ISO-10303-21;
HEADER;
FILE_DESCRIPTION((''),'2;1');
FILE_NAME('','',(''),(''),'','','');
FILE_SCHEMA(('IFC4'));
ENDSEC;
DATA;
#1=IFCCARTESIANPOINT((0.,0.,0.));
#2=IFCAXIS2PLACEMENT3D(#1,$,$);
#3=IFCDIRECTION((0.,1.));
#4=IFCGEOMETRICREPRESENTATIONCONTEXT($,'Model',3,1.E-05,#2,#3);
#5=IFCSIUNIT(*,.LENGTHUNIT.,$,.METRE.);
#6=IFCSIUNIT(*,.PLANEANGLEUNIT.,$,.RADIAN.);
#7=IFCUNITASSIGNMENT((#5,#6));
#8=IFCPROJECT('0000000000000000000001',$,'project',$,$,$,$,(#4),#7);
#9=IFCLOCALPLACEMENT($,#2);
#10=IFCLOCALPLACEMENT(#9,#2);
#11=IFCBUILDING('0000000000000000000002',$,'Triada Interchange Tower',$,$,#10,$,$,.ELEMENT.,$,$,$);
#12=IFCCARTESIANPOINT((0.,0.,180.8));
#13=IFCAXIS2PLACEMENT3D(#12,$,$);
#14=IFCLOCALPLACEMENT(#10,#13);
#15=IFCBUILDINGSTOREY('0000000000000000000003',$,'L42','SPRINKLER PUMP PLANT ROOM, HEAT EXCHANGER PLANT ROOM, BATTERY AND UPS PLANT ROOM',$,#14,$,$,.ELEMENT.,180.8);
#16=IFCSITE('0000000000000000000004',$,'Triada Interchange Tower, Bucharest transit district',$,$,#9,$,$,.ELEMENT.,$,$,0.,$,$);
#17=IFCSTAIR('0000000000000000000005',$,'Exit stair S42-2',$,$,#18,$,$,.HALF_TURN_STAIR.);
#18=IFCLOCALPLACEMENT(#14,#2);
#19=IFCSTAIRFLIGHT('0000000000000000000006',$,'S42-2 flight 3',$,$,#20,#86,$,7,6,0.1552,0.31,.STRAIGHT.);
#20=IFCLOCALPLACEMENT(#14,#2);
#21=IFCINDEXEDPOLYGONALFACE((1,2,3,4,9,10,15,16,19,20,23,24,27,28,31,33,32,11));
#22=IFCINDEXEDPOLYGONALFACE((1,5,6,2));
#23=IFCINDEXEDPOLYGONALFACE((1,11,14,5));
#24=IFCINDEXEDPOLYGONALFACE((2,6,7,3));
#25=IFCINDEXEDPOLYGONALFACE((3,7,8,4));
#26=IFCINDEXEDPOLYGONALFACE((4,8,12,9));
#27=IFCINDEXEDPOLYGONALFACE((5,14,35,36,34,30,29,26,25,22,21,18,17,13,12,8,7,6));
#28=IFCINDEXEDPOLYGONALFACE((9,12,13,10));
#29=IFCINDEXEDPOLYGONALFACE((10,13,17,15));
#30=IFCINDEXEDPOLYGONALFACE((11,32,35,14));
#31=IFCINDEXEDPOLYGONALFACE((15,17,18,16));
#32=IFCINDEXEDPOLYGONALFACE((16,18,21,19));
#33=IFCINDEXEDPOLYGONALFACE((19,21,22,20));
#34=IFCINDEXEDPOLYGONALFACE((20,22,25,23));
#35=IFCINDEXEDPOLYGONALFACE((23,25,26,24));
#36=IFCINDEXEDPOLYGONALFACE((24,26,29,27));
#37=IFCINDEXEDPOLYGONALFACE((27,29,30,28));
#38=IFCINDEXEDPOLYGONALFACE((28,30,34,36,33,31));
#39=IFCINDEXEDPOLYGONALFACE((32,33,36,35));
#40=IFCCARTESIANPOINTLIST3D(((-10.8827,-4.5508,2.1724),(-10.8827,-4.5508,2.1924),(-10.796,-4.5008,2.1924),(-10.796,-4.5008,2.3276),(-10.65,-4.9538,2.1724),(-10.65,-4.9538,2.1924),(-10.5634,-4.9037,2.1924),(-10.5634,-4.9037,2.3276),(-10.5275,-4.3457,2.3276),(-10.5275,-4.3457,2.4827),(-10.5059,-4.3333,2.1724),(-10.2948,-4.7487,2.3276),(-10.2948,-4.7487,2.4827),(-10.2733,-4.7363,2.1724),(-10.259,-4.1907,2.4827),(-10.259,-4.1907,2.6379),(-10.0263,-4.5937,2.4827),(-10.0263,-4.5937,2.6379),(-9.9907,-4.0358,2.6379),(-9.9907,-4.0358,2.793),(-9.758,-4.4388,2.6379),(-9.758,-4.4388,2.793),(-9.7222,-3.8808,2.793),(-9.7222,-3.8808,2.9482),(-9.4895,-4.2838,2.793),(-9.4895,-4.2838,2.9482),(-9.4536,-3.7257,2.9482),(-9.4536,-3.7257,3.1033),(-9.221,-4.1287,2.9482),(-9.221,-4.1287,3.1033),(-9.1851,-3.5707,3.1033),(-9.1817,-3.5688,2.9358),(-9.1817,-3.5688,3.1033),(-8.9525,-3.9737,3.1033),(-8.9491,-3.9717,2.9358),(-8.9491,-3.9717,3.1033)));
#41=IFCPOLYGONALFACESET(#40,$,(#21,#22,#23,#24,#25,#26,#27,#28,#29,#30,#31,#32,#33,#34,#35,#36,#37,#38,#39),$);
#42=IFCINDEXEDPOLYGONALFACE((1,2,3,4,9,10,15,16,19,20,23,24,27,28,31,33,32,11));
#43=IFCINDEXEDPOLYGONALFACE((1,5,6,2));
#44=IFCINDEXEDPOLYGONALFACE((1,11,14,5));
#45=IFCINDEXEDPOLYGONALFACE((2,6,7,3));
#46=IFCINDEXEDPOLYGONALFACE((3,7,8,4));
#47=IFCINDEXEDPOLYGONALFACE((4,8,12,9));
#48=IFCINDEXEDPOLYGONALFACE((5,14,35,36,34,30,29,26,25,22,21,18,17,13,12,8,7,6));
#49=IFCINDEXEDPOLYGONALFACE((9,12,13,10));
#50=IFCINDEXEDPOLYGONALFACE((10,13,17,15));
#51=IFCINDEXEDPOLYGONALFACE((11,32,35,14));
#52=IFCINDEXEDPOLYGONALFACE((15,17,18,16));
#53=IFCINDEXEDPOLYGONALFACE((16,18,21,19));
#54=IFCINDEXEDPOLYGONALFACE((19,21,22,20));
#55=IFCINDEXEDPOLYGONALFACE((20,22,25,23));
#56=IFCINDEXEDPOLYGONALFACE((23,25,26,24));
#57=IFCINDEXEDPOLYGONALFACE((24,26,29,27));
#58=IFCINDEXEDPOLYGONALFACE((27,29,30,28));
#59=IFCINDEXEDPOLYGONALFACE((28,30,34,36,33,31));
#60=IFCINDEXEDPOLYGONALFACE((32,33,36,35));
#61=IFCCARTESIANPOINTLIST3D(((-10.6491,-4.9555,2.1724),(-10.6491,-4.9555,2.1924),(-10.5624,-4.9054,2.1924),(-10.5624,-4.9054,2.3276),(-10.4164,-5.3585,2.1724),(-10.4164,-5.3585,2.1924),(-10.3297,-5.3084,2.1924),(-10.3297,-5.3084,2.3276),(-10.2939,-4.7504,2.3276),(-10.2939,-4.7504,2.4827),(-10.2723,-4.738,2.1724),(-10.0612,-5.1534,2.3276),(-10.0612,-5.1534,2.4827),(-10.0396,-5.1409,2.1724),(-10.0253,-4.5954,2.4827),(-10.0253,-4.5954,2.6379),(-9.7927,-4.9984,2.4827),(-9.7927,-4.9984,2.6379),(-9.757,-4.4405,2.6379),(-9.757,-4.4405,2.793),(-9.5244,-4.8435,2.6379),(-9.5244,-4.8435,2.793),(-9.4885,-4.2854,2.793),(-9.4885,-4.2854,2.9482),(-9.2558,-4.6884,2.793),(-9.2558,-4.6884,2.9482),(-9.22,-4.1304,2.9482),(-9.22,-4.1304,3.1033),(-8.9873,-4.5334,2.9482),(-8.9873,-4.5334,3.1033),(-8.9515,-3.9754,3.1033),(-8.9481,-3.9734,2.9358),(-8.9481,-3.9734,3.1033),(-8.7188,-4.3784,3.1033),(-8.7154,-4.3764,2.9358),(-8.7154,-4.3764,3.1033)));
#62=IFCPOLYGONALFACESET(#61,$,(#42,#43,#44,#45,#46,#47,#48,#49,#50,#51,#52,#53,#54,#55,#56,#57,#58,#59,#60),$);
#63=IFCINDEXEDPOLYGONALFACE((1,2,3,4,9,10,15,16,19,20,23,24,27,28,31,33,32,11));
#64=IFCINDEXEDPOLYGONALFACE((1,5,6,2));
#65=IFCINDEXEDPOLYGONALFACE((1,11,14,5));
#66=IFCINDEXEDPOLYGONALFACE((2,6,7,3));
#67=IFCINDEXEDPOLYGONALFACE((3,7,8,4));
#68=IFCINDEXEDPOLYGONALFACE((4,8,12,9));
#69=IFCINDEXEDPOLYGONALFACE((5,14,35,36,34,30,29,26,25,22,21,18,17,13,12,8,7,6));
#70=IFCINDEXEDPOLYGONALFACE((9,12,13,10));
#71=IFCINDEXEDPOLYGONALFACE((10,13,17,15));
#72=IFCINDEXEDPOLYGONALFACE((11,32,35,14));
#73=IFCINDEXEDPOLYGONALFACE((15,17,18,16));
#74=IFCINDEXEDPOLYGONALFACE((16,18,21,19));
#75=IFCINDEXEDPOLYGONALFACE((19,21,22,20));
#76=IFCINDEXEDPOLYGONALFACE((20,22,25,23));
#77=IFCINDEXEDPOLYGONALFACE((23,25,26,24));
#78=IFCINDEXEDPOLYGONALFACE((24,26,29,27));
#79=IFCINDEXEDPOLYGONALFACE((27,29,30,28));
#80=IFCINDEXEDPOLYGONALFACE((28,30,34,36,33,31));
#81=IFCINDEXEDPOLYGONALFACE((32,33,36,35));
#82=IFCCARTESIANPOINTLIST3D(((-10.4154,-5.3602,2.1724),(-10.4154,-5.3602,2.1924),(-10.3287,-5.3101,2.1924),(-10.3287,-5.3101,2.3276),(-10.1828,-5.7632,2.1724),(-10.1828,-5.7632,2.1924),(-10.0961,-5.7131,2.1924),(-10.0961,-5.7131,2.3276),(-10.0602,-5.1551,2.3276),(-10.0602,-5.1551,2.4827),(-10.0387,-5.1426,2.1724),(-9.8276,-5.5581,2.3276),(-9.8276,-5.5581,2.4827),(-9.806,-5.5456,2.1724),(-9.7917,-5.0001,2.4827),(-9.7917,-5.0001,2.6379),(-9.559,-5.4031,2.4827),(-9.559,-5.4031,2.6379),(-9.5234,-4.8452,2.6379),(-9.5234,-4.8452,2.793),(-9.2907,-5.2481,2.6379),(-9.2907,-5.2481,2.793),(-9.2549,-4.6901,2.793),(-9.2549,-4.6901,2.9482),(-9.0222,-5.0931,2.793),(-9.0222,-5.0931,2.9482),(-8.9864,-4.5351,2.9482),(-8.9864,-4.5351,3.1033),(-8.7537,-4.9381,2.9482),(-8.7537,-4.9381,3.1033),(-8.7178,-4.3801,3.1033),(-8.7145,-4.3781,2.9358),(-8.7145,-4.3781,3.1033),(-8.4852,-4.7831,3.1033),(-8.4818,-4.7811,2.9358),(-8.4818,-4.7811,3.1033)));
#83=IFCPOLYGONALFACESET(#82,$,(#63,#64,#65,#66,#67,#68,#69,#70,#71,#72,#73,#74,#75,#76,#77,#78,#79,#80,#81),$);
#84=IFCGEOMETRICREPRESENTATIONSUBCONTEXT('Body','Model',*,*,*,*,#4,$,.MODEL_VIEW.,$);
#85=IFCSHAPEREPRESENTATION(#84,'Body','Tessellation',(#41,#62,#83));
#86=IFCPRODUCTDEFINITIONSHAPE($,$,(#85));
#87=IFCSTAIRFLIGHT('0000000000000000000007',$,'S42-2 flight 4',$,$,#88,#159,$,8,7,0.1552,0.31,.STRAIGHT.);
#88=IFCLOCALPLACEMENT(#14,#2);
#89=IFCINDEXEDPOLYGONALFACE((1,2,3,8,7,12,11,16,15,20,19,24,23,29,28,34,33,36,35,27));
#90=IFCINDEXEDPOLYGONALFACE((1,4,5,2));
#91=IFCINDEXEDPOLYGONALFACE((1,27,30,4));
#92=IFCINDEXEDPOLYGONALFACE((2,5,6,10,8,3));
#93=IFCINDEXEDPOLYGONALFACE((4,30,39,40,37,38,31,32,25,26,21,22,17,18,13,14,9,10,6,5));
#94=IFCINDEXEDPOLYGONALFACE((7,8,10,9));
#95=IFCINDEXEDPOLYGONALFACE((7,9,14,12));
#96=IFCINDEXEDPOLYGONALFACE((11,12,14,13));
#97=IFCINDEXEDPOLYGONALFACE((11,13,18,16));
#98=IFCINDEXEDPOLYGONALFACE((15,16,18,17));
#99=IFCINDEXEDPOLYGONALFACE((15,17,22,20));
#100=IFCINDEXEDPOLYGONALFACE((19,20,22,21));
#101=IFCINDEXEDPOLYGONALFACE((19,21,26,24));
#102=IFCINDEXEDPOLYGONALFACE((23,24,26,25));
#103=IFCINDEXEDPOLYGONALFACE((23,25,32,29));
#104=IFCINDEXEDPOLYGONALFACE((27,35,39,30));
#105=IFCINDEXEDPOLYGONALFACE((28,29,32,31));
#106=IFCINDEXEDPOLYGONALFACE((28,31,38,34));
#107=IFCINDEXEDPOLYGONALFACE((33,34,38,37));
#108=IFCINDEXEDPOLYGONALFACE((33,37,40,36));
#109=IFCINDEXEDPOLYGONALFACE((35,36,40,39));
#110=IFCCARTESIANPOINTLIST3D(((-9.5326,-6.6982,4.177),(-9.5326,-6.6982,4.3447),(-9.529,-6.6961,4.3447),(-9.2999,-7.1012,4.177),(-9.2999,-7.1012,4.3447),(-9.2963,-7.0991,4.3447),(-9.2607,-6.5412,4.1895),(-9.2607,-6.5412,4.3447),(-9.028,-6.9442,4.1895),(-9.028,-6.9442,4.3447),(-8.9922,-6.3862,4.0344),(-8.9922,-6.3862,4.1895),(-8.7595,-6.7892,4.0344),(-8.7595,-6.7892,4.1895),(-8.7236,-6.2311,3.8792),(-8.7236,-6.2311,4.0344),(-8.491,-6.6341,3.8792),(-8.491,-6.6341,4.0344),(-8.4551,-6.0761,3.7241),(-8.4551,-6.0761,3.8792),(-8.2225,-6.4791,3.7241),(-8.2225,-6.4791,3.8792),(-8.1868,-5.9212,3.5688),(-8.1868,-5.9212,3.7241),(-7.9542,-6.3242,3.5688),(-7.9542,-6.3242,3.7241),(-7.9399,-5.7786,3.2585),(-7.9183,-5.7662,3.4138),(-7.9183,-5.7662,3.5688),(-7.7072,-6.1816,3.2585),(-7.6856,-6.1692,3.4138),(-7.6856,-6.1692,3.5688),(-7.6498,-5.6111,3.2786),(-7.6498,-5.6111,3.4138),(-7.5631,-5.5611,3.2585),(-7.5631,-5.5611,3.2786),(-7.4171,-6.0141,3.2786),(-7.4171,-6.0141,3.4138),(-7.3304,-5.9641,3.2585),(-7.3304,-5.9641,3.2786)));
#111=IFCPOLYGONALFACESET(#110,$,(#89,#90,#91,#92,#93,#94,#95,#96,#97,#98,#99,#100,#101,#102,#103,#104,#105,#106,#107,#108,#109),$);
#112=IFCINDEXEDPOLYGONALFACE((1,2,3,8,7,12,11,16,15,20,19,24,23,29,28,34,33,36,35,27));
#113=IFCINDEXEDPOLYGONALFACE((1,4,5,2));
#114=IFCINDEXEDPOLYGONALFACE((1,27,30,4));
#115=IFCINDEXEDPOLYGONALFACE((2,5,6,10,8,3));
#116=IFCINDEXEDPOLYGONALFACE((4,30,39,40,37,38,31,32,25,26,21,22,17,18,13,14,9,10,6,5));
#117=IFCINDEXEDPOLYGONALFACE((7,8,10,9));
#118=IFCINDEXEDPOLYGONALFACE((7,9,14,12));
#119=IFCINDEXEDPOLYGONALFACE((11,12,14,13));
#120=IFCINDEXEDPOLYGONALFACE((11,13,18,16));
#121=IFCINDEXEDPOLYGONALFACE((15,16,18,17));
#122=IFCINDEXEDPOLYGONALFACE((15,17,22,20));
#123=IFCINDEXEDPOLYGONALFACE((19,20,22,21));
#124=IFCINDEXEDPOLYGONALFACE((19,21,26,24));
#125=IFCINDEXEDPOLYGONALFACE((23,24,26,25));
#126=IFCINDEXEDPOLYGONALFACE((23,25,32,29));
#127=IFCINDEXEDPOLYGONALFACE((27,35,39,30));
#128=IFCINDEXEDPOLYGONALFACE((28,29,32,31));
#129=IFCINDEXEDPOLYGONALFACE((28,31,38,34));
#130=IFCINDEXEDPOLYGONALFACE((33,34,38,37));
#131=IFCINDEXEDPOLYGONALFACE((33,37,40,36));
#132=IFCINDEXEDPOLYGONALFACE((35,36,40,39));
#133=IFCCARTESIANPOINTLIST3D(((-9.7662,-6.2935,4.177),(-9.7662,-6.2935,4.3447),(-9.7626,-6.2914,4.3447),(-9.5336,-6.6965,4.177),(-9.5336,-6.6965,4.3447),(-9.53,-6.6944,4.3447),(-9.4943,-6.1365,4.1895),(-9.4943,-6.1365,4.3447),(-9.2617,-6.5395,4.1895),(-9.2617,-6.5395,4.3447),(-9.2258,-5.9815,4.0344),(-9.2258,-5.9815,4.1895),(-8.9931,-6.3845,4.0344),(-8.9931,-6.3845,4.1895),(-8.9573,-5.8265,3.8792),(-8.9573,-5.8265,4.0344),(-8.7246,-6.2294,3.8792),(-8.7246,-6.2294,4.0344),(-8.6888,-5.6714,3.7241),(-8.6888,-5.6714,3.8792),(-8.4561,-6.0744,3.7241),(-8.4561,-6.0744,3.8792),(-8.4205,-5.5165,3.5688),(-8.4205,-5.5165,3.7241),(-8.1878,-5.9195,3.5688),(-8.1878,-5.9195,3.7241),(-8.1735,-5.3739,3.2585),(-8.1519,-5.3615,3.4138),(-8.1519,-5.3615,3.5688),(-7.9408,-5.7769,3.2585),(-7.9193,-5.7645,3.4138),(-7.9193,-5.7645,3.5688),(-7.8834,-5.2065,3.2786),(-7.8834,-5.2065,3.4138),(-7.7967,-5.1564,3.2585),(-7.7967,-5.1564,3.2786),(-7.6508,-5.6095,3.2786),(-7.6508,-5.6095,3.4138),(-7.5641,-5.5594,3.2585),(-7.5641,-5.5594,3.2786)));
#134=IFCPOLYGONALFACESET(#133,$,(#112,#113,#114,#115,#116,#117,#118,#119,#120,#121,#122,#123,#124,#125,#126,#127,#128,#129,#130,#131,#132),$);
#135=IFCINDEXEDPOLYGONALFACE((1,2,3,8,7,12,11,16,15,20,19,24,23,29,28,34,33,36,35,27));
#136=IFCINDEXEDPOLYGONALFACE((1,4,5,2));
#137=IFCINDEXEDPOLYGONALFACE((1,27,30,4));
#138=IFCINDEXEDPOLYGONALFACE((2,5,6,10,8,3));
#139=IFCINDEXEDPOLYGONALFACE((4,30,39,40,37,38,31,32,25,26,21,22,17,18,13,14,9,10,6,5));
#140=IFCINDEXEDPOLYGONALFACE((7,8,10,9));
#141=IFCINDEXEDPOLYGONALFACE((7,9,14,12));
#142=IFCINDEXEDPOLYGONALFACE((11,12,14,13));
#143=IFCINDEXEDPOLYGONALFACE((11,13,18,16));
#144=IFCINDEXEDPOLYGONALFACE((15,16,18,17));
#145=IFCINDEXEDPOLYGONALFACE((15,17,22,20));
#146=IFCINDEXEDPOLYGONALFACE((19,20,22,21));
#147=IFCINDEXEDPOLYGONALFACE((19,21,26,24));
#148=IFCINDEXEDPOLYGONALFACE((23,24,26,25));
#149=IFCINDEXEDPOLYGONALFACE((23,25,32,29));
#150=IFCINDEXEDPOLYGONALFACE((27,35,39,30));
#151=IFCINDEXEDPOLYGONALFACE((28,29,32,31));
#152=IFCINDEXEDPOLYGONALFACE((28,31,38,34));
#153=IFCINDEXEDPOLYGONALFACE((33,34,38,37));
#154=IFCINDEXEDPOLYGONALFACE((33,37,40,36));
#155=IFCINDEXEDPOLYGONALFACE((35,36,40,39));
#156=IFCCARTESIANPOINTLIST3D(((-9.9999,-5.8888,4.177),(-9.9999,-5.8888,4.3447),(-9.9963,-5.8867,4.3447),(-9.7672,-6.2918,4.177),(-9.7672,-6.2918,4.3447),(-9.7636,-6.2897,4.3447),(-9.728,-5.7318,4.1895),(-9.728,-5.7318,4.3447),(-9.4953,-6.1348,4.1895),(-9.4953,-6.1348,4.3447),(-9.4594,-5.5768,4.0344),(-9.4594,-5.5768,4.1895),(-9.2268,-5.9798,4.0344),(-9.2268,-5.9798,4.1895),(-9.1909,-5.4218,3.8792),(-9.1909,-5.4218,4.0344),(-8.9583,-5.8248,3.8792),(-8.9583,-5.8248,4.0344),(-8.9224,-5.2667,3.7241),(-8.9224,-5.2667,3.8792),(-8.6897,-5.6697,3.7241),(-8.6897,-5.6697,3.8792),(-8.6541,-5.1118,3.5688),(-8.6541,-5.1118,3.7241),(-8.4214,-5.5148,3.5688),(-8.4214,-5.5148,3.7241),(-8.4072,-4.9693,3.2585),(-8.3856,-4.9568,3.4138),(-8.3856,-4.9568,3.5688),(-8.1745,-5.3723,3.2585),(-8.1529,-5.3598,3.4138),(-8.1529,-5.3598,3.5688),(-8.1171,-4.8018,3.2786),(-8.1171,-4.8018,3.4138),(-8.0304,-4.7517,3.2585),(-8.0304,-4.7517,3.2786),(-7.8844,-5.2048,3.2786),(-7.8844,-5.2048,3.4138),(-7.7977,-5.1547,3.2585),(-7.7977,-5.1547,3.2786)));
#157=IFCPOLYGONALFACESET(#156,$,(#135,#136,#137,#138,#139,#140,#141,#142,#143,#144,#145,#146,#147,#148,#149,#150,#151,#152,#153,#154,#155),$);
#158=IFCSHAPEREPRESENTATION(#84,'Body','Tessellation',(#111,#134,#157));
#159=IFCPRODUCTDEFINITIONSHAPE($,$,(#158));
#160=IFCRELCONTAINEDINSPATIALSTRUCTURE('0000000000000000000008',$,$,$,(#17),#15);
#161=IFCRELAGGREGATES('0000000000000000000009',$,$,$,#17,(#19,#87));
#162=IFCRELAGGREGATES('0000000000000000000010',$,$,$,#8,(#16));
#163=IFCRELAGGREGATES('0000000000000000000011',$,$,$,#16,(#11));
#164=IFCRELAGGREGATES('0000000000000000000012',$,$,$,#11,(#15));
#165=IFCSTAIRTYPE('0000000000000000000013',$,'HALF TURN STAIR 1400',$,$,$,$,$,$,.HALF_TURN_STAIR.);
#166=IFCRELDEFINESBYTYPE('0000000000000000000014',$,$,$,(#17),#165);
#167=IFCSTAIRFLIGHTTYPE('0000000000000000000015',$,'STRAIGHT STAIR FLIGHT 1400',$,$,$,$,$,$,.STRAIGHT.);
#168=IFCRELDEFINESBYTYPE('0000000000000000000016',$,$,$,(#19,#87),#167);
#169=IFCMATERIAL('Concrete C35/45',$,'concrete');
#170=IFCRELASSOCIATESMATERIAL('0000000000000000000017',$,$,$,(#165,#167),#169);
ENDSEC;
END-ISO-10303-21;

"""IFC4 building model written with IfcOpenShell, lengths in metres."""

from ifc_helpers import new_model, si_unit, direction, frame, origin, place, context, subcontext, project, spatial, polyline, outline, extrude, material, type_object, element, aggregate, save


model = new_model("IFC4")

# Units and contexts
model_context = context("Model", 3, precision=1e-05, world=origin(), true_north=direction((0.0, 1.0)))
body_context = subcontext(model_context, "Body", "Model", "MODEL_VIEW")
ifc_project = project(units=[si_unit("LENGTHUNIT", "METRE"), si_unit("PLANEANGLEUNIT", "RADIAN")], contexts=[model_context])

# Site, building, storey
site_placement = place(None, origin())
site = spatial("IfcSite", under=ifc_project, at=site_placement, Name="Triada Interchange Tower, Bucharest transit district", CompositionType="ELEMENT", RefElevation=0.0)
building_placement = place(site_placement, origin())
building = spatial("IfcBuilding", under=site, at=building_placement, Name="Triada Interchange Tower", CompositionType="ELEMENT")
storey_placement = place(building_placement, frame((0.0, 0.0, 180.8)))
storey = spatial("IfcBuildingStorey", under=building, at=storey_placement, Name="L42", Description="SPRINKLER PUMP PLANT ROOM, HEAT EXCHANGER PLANT ROOM, BATTERY AND UPS PLANT ROOM", CompositionType="ELEMENT", Elevation=180.8)

# Shared definitions
ifc_material_1 = material(Name="Concrete C35/45", Category="concrete")

# Stair, stair flights
stair_type = type_object("IfcStairType", Name="HALF TURN STAIR 1400", PredefinedType="HALF_TURN_STAIR", material=ifc_material_1)
stair_placement = place(storey_placement, origin())
stair = element("IfcStair", 1, at=stair_placement, inside=storey, type_object=stair_type, Name="Exit stair S42-2", PredefinedType="HALF_TURN_STAIR")
stair_flight_type = type_object("IfcStairFlightType", Name="STRAIGHT STAIR FLIGHT 1400", PredefinedType="STRAIGHT", material=ifc_material_1)
stair_flight_1_placement = place(storey_placement, frame((-10.446, -5.1069, 2.1724), z_axis=(0.0, 0.0, 1.0), x_axis=(0.866025, 0.5, 0.0)))
stair_flight_1 = element("IfcStairFlight", 2, at=stair_flight_1_placement, type_object=stair_flight_type, Name="S42-2 flight 3", NumberOfRisers=7, NumberOfTreads=6, PredefinedType="STRAIGHT", RiserHeight=0.1552, TreadLength=0.31, context=body_context, shape_type="SweptSolid", body=[
    extrude(outline(polyline([(-0.1001, 0.0), (-0.1001, 0.02), (0.0, 0.02), (0.0, 0.1553), (0.3101, 0.1553), (0.3101, 0.3103), (0.6201, 0.3103), (0.6201, 0.4656), (0.9299, 0.4656), (0.9299, 0.6206), (1.24, 0.6206), (1.24, 0.7759), (1.55, 0.7759), (1.55, 0.9309), (1.8601, 0.9309), (1.864, 0.9309), (1.864, 1.0862), (1.864, 0.7634), (0.335, 0.0), (-0.1001, 0.0)])), frame((0.0, 0.7, 0.0), z_axis=(0.0, -1.0, 0.0), x_axis=(1.0, 0.0, 0.0)), (0.0, 0.0, 1.0), 0.4653),
    extrude(outline(polyline([(-0.1001, 0.0), (-0.1001, 0.02), (0.0, 0.02), (0.0, 0.1553), (0.3101, 0.1553), (0.3101, 0.3103), (0.6201, 0.3103), (0.6201, 0.4656), (0.9299, 0.4656), (0.9299, 0.6206), (1.24, 0.6206), (1.24, 0.7759), (1.55, 0.7759), (1.55, 0.9309), (1.8601, 0.9309), (1.864, 0.9309), (1.864, 1.0862), (1.864, 0.7634), (0.335, 0.0), (-0.1001, 0.0)])), frame((0.0, 0.2327, 0.0), z_axis=(0.0, -1.0, 0.0), x_axis=(1.0, 0.0, 0.0)), (0.0, 0.0, 1.0), 0.4653),
    extrude(outline(polyline([(-0.1001, 0.0), (-0.1001, 0.02), (0.0, 0.02), (0.0, 0.1553), (0.3101, 0.1553), (0.3101, 0.3103), (0.6201, 0.3103), (0.6201, 0.4656), (0.9299, 0.4656), (0.9299, 0.6206), (1.24, 0.6206), (1.24, 0.7759), (1.55, 0.7759), (1.55, 0.9309), (1.8601, 0.9309), (1.864, 0.9309), (1.864, 1.0862), (1.864, 0.7634), (0.335, 0.0), (-0.1001, 0.0)])), frame((0.0, -0.2346, 0.0), z_axis=(0.0, -1.0, 0.0), x_axis=(1.0, 0.0, 0.0)), (0.0, 0.0, 1.0), 0.4653),
])
stair_flight_2_placement = place(storey_placement, frame((-7.7671, -5.408, 3.2585), z_axis=(0.0, 0.0, 1.0), x_axis=(-0.866025, -0.5, 0.0)))
stair_flight_2 = element("IfcStairFlight", 3, at=stair_flight_2_placement, type_object=stair_flight_type, Name="S42-2 flight 4", NumberOfRisers=8, NumberOfTreads=7, PredefinedType="STRAIGHT", RiserHeight=0.1552, TreadLength=0.31, context=body_context, shape_type="SweptSolid", body=[
    extrude(outline(polyline([(-0.1001, 0.0), (-0.1001, 0.02), (0.0, 0.02), (0.0, 0.1553), (0.3101, 0.1553), (0.3101, 0.3103), (0.6201, 0.3103), (0.6201, 0.4656), (0.9299, 0.4656), (0.9299, 0.6206), (1.24, 0.6206), (1.24, 0.7759), (1.55, 0.7759), (1.55, 0.9309), (1.8601, 0.9309), (1.8601, 1.0862), (2.1699, 1.0862), (2.1741, 1.0862), (2.1741, 1.2415), (2.1741, 0.9185), (0.335, 0.0), (-0.1001, 0.0)])), frame((0.0, 0.7, 0.0), z_axis=(0.0, -1.0, 0.0), x_axis=(1.0, 0.0, 0.0)), (0.0, 0.0, 1.0), 0.4653),
    extrude(outline(polyline([(-0.1001, 0.0), (-0.1001, 0.02), (0.0, 0.02), (0.0, 0.1553), (0.3101, 0.1553), (0.3101, 0.3103), (0.6201, 0.3103), (0.6201, 0.4656), (0.9299, 0.4656), (0.9299, 0.6206), (1.24, 0.6206), (1.24, 0.7759), (1.55, 0.7759), (1.55, 0.9309), (1.8601, 0.9309), (1.8601, 1.0862), (2.1699, 1.0862), (2.1741, 1.0862), (2.1741, 1.2415), (2.1741, 0.9185), (0.335, 0.0), (-0.1001, 0.0)])), frame((0.0, 0.2327, 0.0), z_axis=(0.0, -1.0, 0.0), x_axis=(1.0, 0.0, 0.0)), (0.0, 0.0, 1.0), 0.4653),
    extrude(outline(polyline([(-0.1001, 0.0), (-0.1001, 0.02), (0.0, 0.02), (0.0, 0.1553), (0.3101, 0.1553), (0.3101, 0.3103), (0.6201, 0.3103), (0.6201, 0.4656), (0.9299, 0.4656), (0.9299, 0.6206), (1.24, 0.6206), (1.24, 0.7759), (1.55, 0.7759), (1.55, 0.9309), (1.8601, 0.9309), (1.8601, 1.0862), (2.1699, 1.0862), (2.1741, 1.0862), (2.1741, 1.2415), (2.1741, 0.9185), (0.335, 0.0), (-0.1001, 0.0)])), frame((0.0, -0.2346, 0.0), z_axis=(0.0, -1.0, 0.0), x_axis=(1.0, 0.0, 0.0)), (0.0, 0.0, 1.0), 0.4653),
])
aggregate(stair, [stair_flight_1, stair_flight_2])

save(model, "model.ifc")
